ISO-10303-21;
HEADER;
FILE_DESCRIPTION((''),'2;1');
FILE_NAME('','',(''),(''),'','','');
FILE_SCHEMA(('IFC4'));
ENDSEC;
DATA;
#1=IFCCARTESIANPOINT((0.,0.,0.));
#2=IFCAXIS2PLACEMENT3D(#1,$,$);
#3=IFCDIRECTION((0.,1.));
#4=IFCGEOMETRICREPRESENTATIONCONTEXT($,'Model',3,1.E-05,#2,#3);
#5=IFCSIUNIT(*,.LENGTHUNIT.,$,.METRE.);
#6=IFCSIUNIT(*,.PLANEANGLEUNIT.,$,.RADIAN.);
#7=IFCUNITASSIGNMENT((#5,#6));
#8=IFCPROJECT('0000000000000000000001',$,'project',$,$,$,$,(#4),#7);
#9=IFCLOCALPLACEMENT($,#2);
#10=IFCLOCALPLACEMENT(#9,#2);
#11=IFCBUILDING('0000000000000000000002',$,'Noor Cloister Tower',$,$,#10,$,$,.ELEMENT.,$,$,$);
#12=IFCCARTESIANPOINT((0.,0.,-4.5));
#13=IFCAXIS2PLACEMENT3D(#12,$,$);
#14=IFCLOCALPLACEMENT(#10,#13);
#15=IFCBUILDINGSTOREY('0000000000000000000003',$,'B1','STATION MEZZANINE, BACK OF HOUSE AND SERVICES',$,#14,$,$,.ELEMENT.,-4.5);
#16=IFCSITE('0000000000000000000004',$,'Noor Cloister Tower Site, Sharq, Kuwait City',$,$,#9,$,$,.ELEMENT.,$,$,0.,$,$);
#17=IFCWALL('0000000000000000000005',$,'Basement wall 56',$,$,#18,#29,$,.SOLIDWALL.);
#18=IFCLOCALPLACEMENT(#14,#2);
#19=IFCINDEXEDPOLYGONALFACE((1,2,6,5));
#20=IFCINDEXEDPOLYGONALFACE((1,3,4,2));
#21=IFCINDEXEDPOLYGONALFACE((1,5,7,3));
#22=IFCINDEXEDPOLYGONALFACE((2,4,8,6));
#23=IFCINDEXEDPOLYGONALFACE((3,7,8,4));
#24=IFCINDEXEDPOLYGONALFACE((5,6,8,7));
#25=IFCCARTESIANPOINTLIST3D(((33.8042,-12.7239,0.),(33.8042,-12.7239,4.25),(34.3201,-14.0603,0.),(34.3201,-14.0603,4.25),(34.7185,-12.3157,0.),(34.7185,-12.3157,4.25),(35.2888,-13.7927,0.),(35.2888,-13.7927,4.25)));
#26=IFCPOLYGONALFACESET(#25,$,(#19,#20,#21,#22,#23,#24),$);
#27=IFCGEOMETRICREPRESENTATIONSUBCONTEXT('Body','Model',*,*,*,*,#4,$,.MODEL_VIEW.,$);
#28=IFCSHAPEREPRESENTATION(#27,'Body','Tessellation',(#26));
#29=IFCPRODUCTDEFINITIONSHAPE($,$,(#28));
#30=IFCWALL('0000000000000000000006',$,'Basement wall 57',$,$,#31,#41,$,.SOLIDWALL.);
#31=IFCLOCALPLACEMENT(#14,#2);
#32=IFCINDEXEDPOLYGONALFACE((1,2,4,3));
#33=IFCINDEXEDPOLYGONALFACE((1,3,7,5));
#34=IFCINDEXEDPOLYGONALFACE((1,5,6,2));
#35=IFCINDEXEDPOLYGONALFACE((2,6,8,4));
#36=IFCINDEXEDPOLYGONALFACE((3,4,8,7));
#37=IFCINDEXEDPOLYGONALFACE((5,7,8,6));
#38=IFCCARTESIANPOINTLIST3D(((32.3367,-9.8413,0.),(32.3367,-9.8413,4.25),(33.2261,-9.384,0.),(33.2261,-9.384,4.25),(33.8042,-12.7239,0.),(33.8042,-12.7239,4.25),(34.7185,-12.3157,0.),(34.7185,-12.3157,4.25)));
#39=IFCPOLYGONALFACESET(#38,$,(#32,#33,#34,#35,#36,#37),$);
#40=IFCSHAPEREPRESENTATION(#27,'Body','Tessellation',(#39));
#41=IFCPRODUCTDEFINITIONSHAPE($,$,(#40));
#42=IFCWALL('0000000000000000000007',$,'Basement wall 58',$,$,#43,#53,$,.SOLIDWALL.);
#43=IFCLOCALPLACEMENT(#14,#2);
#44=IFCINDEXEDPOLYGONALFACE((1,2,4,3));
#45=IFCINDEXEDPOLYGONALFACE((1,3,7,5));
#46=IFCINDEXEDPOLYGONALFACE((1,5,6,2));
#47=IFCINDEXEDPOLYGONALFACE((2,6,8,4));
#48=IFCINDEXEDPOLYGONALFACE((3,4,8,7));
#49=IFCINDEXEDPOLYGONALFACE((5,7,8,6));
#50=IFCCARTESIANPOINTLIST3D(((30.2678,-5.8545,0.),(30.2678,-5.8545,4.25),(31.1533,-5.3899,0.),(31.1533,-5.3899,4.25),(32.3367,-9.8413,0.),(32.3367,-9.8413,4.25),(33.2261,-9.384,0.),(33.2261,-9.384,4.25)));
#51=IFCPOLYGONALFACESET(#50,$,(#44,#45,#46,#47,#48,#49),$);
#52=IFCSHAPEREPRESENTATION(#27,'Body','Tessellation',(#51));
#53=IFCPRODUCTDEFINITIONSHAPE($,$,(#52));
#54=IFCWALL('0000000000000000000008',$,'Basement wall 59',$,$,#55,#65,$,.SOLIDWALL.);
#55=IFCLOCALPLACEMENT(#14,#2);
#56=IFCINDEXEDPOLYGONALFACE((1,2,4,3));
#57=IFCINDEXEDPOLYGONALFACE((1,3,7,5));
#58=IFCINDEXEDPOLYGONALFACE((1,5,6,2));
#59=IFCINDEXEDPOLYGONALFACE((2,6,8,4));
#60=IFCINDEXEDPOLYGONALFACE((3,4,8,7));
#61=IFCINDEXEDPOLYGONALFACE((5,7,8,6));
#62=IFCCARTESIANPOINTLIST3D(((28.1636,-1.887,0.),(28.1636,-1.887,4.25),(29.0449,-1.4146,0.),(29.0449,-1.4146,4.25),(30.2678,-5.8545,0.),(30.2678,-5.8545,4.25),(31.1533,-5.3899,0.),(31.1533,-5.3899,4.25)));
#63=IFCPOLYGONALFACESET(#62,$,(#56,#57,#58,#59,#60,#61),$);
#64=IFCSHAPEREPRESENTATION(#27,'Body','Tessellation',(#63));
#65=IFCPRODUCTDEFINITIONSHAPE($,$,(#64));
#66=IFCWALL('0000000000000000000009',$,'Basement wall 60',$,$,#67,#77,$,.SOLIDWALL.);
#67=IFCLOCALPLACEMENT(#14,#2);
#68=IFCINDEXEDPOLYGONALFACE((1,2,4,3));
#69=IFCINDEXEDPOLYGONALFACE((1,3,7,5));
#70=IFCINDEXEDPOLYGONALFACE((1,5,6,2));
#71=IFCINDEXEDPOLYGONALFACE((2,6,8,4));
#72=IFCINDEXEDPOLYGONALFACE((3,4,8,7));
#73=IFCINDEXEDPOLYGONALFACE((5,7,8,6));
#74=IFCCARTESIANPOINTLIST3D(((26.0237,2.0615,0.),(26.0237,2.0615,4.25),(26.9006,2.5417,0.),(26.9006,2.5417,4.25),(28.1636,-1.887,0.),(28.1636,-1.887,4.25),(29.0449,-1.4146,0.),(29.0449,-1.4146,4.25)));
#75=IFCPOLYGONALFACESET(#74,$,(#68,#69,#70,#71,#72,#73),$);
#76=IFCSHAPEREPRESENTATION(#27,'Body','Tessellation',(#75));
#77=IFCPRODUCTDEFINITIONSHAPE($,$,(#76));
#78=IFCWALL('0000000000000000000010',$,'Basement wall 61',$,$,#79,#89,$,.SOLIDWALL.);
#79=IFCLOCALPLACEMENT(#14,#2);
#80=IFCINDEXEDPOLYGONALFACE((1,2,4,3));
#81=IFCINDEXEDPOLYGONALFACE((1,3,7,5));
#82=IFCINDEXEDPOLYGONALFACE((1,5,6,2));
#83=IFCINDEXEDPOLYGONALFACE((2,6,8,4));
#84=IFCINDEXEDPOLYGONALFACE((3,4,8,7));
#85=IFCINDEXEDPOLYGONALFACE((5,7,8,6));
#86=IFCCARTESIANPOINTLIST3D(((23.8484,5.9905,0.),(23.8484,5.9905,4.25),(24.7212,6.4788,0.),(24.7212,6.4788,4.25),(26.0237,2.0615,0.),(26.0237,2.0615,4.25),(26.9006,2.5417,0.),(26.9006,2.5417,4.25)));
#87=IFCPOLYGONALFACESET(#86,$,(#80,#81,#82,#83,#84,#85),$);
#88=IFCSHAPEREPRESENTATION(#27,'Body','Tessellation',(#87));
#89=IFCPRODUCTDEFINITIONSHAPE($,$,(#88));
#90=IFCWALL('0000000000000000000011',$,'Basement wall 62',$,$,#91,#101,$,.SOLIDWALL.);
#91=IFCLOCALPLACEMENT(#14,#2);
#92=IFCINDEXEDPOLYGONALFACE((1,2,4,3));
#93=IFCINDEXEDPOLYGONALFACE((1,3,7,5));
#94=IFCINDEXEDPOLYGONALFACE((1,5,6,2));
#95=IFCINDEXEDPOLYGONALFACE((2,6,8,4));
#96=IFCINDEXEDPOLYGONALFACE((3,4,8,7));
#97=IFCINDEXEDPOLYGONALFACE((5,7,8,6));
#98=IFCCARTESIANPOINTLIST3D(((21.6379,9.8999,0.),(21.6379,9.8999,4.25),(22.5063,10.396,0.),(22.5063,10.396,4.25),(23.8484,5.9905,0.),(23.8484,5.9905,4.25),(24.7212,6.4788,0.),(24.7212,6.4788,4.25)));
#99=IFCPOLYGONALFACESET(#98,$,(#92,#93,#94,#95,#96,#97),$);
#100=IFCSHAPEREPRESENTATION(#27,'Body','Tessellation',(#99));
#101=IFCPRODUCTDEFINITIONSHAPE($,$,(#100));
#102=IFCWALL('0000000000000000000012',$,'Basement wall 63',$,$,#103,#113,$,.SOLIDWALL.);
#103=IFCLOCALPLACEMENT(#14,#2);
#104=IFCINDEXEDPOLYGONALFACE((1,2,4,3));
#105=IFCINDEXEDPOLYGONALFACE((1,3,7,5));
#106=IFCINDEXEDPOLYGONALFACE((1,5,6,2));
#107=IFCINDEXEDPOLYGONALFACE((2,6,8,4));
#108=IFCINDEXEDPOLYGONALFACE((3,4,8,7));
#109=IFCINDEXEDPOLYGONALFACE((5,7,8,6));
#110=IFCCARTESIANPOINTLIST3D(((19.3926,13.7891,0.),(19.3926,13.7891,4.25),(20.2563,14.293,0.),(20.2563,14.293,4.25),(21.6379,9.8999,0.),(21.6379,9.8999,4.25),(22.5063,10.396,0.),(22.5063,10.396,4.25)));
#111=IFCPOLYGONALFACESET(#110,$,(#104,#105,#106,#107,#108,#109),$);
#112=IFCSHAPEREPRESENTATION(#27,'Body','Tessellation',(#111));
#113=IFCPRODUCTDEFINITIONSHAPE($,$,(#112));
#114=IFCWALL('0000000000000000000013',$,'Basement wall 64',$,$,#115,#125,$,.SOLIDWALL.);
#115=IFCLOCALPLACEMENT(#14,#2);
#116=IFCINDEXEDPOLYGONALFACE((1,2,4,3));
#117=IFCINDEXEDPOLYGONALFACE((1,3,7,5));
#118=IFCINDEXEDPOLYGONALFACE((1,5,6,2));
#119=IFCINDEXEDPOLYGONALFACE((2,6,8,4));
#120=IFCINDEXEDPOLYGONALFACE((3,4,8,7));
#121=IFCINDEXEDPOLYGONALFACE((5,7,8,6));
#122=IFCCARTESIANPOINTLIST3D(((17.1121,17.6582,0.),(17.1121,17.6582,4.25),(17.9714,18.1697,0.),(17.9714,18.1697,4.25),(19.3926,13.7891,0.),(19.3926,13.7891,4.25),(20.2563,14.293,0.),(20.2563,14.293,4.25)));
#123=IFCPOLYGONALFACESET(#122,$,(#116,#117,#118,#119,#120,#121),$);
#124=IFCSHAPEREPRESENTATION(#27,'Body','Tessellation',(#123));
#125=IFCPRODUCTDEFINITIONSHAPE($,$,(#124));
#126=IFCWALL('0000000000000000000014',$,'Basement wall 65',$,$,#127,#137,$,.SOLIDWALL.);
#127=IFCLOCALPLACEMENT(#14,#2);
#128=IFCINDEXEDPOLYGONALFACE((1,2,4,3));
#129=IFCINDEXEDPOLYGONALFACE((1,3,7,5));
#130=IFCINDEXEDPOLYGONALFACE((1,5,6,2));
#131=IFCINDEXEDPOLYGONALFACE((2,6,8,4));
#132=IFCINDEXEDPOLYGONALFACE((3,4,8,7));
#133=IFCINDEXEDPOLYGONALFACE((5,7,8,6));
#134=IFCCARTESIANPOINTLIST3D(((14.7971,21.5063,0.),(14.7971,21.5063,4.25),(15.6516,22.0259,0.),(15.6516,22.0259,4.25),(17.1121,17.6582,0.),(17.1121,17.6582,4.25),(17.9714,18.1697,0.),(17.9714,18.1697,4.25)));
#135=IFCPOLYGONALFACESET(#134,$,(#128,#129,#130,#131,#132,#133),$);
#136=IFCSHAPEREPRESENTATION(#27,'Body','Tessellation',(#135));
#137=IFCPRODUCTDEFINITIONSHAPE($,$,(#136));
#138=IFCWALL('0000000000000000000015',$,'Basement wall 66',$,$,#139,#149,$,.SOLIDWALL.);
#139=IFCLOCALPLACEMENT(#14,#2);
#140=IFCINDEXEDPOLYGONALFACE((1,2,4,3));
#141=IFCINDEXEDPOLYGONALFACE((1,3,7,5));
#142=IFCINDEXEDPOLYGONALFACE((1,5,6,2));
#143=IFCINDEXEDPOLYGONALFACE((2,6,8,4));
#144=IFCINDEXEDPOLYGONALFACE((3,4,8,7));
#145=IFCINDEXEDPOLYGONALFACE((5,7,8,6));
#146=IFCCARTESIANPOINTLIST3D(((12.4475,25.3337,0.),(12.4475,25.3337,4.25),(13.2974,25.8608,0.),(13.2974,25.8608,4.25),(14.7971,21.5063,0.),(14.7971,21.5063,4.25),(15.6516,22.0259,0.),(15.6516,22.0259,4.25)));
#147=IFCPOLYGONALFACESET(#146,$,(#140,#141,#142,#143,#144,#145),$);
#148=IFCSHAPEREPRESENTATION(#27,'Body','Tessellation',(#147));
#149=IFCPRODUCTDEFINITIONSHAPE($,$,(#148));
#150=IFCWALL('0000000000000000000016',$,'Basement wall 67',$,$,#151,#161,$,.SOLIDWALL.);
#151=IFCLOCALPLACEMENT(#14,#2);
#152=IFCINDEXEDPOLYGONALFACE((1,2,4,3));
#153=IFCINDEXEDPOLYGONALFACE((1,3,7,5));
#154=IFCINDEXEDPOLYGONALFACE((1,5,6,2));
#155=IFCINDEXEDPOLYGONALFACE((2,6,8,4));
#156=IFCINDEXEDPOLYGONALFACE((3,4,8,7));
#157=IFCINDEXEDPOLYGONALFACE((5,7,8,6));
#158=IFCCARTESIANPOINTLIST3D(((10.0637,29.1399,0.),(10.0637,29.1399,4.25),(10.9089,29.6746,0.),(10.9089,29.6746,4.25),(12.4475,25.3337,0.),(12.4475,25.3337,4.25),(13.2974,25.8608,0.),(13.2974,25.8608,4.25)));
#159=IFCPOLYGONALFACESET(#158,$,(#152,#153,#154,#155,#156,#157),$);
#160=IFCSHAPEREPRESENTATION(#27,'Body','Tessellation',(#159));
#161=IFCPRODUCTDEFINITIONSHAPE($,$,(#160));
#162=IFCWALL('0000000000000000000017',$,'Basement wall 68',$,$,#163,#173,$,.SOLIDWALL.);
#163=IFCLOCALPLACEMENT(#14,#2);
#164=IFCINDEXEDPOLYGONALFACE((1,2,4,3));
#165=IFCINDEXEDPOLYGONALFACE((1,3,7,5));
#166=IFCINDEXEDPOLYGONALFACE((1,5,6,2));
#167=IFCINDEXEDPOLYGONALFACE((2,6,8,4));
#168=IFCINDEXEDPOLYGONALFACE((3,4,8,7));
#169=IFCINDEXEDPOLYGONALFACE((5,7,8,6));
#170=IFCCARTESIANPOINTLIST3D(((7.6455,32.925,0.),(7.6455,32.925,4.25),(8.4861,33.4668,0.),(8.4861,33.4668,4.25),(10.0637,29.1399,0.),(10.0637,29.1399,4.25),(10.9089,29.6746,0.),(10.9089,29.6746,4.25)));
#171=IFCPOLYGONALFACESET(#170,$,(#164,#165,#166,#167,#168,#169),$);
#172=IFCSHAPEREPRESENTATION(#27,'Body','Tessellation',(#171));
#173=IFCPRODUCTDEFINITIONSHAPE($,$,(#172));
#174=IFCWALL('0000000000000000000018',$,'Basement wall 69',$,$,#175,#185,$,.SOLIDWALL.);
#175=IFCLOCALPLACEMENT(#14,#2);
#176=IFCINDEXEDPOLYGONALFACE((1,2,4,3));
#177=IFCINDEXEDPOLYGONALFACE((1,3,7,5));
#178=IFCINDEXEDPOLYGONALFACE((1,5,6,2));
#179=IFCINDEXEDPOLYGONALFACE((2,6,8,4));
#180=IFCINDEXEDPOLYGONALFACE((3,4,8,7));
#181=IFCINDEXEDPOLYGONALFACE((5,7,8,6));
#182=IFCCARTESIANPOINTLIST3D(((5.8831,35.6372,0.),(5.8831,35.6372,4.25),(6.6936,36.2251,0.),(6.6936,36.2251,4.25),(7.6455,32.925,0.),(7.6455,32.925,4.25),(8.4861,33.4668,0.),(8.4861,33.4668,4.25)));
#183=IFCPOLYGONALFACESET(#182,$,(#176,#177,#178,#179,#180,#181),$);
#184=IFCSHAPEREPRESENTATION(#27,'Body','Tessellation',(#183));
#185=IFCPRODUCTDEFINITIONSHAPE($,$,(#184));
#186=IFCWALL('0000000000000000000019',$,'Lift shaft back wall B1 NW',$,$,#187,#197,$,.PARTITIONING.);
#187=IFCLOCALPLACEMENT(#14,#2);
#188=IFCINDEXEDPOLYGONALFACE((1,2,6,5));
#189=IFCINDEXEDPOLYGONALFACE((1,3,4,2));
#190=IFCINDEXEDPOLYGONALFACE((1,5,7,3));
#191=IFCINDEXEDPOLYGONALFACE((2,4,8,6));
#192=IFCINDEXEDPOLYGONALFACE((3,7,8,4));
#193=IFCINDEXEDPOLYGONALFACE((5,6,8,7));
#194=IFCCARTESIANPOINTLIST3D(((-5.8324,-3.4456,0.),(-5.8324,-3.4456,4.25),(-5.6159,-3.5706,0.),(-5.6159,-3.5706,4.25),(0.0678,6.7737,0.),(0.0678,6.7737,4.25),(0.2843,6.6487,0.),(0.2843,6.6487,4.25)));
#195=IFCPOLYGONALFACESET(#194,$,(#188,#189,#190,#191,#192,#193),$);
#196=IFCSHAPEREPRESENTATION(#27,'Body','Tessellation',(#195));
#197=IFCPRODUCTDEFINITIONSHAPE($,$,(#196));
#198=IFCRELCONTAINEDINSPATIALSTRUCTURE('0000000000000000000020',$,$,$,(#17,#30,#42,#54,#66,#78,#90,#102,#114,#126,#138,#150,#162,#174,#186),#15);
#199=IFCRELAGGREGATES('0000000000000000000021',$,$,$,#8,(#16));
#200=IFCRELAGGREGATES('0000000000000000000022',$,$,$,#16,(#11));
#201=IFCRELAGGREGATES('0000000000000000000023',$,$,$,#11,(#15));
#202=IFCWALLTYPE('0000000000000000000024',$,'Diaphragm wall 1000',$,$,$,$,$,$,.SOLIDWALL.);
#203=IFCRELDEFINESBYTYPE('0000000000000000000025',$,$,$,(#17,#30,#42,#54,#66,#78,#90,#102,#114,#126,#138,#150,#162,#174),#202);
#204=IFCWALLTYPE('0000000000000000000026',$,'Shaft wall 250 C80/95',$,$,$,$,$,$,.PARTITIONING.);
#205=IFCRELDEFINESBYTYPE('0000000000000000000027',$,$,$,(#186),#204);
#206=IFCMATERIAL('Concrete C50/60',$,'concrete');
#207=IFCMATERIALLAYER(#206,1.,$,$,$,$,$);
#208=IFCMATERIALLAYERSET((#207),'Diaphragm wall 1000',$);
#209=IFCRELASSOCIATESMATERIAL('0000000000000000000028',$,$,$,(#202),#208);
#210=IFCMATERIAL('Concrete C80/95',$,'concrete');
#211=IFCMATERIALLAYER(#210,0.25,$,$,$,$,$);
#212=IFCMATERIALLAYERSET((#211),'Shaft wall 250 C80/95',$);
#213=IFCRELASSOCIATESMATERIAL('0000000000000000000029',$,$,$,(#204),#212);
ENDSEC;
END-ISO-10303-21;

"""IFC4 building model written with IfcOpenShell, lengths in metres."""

from ifc_helpers import new_model, si_unit, direction, frame, frame_2d, origin, place, context, subcontext, project, spatial, polyline, rectangle, outline, extrude, material, layer, layer_set, type_object, element, save


model = new_model("IFC4")

# Units and contexts
model_context = context("Model", 3, precision=1e-05, world=origin(), true_north=direction((0.0, 1.0)))
body_context = subcontext(model_context, "Body", "Model", "MODEL_VIEW")
ifc_project = project(units=[si_unit("LENGTHUNIT", "METRE"), si_unit("PLANEANGLEUNIT", "RADIAN")], contexts=[model_context])

# Site, building, storey
site_placement = place(None, origin())
site = spatial("IfcSite", under=ifc_project, at=site_placement, Name="Noor Cloister Tower Site, Sharq, Kuwait City", CompositionType="ELEMENT", RefElevation=0.0)
building_placement = place(site_placement, origin())
building = spatial("IfcBuilding", under=site, at=building_placement, Name="Noor Cloister Tower", CompositionType="ELEMENT")
storey_placement = place(building_placement, frame((0.0, 0.0, -4.5)))
storey = spatial("IfcBuildingStorey", under=building, at=storey_placement, Name="B1", Description="STATION MEZZANINE, BACK OF HOUSE AND SERVICES", CompositionType="ELEMENT", Elevation=-4.5)

# Walls
ifc_material_1 = material(Name="Concrete C50/60", Category="concrete")
ifc_layer_1 = layer(ifc_material_1, 1.0)
ifc_layer_set_1 = layer_set([ifc_layer_1], Name="Diaphragm wall 1000")
wall_type_1 = type_object("IfcWallType", Name="Diaphragm wall 1000", PredefinedType="SOLIDWALL", material=ifc_layer_set_1)
wall_1_placement = place(storey_placement, origin())
element("IfcWall", 1, at=wall_1_placement, inside=storey, type_object=wall_type_1, Name="Basement wall 56", PredefinedType="SOLIDWALL", context=body_context, shape_type="SweptSolid", body=[
    extrude(outline(polyline([(35.2888, -13.7927), (34.7185, -12.3157), (33.8042, -12.7239), (34.3201, -14.0603), (35.2888, -13.7927)])), origin(), (0.0, 0.0, 1.0), 4.25),
])
wall_2_placement = place(storey_placement, origin())
element("IfcWall", 2, at=wall_2_placement, inside=storey, type_object=wall_type_1, Name="Basement wall 57", PredefinedType="SOLIDWALL", context=body_context, shape_type="SweptSolid", body=[
    extrude(outline(polyline([(34.7185, -12.3157), (33.2261, -9.384), (32.3367, -9.8413), (33.8042, -12.7239), (34.7185, -12.3157)])), origin(), (0.0, 0.0, 1.0), 4.25),
])
wall_3_placement = place(storey_placement, origin())
element("IfcWall", 3, at=wall_3_placement, inside=storey, type_object=wall_type_1, Name="Basement wall 58", PredefinedType="SOLIDWALL", context=body_context, shape_type="SweptSolid", body=[
    extrude(outline(polyline([(33.2261, -9.384), (31.1533, -5.3899), (30.2678, -5.8545), (32.3367, -9.8413), (33.2261, -9.384)])), origin(), (0.0, 0.0, 1.0), 4.25),
])
wall_4_placement = place(storey_placement, origin())
element("IfcWall", 4, at=wall_4_placement, inside=storey, type_object=wall_type_1, Name="Basement wall 59", PredefinedType="SOLIDWALL", context=body_context, shape_type="SweptSolid", body=[
    extrude(outline(polyline([(31.1533, -5.3899), (29.0449, -1.4146), (28.1636, -1.887), (30.2678, -5.8545), (31.1533, -5.3899)])), origin(), (0.0, 0.0, 1.0), 4.25),
])
wall_5_placement = place(storey_placement, origin())
element("IfcWall", 5, at=wall_5_placement, inside=storey, type_object=wall_type_1, Name="Basement wall 60", PredefinedType="SOLIDWALL", context=body_context, shape_type="SweptSolid", body=[
    extrude(outline(polyline([(29.0449, -1.4146), (26.9006, 2.5417), (26.0237, 2.0615), (28.1636, -1.887), (29.0449, -1.4146)])), origin(), (0.0, 0.0, 1.0), 4.25),
])
wall_6_placement = place(storey_placement, origin())
element("IfcWall", 6, at=wall_6_placement, inside=storey, type_object=wall_type_1, Name="Basement wall 61", PredefinedType="SOLIDWALL", context=body_context, shape_type="SweptSolid", body=[
    extrude(outline(polyline([(26.9006, 2.5417), (24.7212, 6.4788), (23.8484, 5.9905), (26.0237, 2.0615), (26.9006, 2.5417)])), origin(), (0.0, 0.0, 1.0), 4.25),
])
wall_7_placement = place(storey_placement, origin())
element("IfcWall", 7, at=wall_7_placement, inside=storey, type_object=wall_type_1, Name="Basement wall 62", PredefinedType="SOLIDWALL", context=body_context, shape_type="SweptSolid", body=[
    extrude(outline(polyline([(24.7212, 6.4788), (22.5063, 10.396), (21.6379, 9.8999), (23.8484, 5.9905), (24.7212, 6.4788)])), origin(), (0.0, 0.0, 1.0), 4.25),
])
wall_8_placement = place(storey_placement, origin())
element("IfcWall", 8, at=wall_8_placement, inside=storey, type_object=wall_type_1, Name="Basement wall 63", PredefinedType="SOLIDWALL", context=body_context, shape_type="SweptSolid", body=[
    extrude(outline(polyline([(22.5063, 10.396), (20.2563, 14.293), (19.3926, 13.7891), (21.6379, 9.8999), (22.5063, 10.396)])), origin(), (0.0, 0.0, 1.0), 4.25),
])
wall_9_placement = place(storey_placement, origin())
element("IfcWall", 9, at=wall_9_placement, inside=storey, type_object=wall_type_1, Name="Basement wall 64", PredefinedType="SOLIDWALL", context=body_context, shape_type="SweptSolid", body=[
    extrude(outline(polyline([(20.2563, 14.293), (17.9714, 18.1697), (17.1121, 17.6582), (19.3926, 13.7891), (20.2563, 14.293)])), origin(), (0.0, 0.0, 1.0), 4.25),
])
wall_10_placement = place(storey_placement, origin())
element("IfcWall", 10, at=wall_10_placement, inside=storey, type_object=wall_type_1, Name="Basement wall 65", PredefinedType="SOLIDWALL", context=body_context, shape_type="SweptSolid", body=[
    extrude(outline(polyline([(17.9714, 18.1697), (15.6516, 22.0259), (14.7971, 21.5063), (17.1121, 17.6582), (17.9714, 18.1697)])), origin(), (0.0, 0.0, 1.0), 4.25),
])
wall_11_placement = place(storey_placement, origin())
element("IfcWall", 11, at=wall_11_placement, inside=storey, type_object=wall_type_1, Name="Basement wall 66", PredefinedType="SOLIDWALL", context=body_context, shape_type="SweptSolid", body=[
    extrude(outline(polyline([(15.6516, 22.0259), (13.2974, 25.8608), (12.4475, 25.3337), (14.7971, 21.5063), (15.6516, 22.0259)])), origin(), (0.0, 0.0, 1.0), 4.25),
])
wall_12_placement = place(storey_placement, origin())
element("IfcWall", 12, at=wall_12_placement, inside=storey, type_object=wall_type_1, Name="Basement wall 67", PredefinedType="SOLIDWALL", context=body_context, shape_type="SweptSolid", body=[
    extrude(outline(polyline([(13.2974, 25.8608), (10.9089, 29.6746), (10.0637, 29.1399), (12.4475, 25.3337), (13.2974, 25.8608)])), origin(), (0.0, 0.0, 1.0), 4.25),
])
wall_13_placement = place(storey_placement, origin())
element("IfcWall", 13, at=wall_13_placement, inside=storey, type_object=wall_type_1, Name="Basement wall 68", PredefinedType="SOLIDWALL", context=body_context, shape_type="SweptSolid", body=[
    extrude(outline(polyline([(10.9089, 29.6746), (8.4861, 33.4668), (7.6455, 32.925), (10.0637, 29.1399), (10.9089, 29.6746)])), origin(), (0.0, 0.0, 1.0), 4.25),
])
wall_14_placement = place(storey_placement, origin())
element("IfcWall", 14, at=wall_14_placement, inside=storey, type_object=wall_type_1, Name="Basement wall 69", PredefinedType="SOLIDWALL", context=body_context, shape_type="SweptSolid", body=[
    extrude(outline(polyline([(8.4861, 33.4668), (6.6936, 36.2251), (5.8831, 35.6372), (7.6455, 32.925), (8.4861, 33.4668)])), origin(), (0.0, 0.0, 1.0), 4.25),
])
ifc_material_2 = material(Name="Concrete C80/95", Category="concrete")
ifc_layer_2 = layer(ifc_material_2, 0.25)
ifc_layer_set_2 = layer_set([ifc_layer_2], Name="Shaft wall 250 C80/95")
wall_type_2 = type_object("IfcWallType", Name="Shaft wall 250 C80/95", PredefinedType="PARTITIONING", material=ifc_layer_set_2)
wall_15_placement = place(storey_placement, frame((0.176, 6.7112, 0.0), z_axis=(0.0, 0.0, 1.0), x_axis=(-0.500004, -0.866023, 0.0)))
element("IfcWall", 15, at=wall_15_placement, inside=storey, type_object=wall_type_2, Name="Lift shaft back wall B1 NW", PredefinedType="PARTITIONING", context=body_context, shape_type="SweptSolid", body=[
    extrude(rectangle(XDim=11.8003, YDim=0.25, at=frame_2d((5.9001, 0.0))), origin(), (0.0, 0.0, 1.0), 4.25),
])

save(model, "model.ifc")
